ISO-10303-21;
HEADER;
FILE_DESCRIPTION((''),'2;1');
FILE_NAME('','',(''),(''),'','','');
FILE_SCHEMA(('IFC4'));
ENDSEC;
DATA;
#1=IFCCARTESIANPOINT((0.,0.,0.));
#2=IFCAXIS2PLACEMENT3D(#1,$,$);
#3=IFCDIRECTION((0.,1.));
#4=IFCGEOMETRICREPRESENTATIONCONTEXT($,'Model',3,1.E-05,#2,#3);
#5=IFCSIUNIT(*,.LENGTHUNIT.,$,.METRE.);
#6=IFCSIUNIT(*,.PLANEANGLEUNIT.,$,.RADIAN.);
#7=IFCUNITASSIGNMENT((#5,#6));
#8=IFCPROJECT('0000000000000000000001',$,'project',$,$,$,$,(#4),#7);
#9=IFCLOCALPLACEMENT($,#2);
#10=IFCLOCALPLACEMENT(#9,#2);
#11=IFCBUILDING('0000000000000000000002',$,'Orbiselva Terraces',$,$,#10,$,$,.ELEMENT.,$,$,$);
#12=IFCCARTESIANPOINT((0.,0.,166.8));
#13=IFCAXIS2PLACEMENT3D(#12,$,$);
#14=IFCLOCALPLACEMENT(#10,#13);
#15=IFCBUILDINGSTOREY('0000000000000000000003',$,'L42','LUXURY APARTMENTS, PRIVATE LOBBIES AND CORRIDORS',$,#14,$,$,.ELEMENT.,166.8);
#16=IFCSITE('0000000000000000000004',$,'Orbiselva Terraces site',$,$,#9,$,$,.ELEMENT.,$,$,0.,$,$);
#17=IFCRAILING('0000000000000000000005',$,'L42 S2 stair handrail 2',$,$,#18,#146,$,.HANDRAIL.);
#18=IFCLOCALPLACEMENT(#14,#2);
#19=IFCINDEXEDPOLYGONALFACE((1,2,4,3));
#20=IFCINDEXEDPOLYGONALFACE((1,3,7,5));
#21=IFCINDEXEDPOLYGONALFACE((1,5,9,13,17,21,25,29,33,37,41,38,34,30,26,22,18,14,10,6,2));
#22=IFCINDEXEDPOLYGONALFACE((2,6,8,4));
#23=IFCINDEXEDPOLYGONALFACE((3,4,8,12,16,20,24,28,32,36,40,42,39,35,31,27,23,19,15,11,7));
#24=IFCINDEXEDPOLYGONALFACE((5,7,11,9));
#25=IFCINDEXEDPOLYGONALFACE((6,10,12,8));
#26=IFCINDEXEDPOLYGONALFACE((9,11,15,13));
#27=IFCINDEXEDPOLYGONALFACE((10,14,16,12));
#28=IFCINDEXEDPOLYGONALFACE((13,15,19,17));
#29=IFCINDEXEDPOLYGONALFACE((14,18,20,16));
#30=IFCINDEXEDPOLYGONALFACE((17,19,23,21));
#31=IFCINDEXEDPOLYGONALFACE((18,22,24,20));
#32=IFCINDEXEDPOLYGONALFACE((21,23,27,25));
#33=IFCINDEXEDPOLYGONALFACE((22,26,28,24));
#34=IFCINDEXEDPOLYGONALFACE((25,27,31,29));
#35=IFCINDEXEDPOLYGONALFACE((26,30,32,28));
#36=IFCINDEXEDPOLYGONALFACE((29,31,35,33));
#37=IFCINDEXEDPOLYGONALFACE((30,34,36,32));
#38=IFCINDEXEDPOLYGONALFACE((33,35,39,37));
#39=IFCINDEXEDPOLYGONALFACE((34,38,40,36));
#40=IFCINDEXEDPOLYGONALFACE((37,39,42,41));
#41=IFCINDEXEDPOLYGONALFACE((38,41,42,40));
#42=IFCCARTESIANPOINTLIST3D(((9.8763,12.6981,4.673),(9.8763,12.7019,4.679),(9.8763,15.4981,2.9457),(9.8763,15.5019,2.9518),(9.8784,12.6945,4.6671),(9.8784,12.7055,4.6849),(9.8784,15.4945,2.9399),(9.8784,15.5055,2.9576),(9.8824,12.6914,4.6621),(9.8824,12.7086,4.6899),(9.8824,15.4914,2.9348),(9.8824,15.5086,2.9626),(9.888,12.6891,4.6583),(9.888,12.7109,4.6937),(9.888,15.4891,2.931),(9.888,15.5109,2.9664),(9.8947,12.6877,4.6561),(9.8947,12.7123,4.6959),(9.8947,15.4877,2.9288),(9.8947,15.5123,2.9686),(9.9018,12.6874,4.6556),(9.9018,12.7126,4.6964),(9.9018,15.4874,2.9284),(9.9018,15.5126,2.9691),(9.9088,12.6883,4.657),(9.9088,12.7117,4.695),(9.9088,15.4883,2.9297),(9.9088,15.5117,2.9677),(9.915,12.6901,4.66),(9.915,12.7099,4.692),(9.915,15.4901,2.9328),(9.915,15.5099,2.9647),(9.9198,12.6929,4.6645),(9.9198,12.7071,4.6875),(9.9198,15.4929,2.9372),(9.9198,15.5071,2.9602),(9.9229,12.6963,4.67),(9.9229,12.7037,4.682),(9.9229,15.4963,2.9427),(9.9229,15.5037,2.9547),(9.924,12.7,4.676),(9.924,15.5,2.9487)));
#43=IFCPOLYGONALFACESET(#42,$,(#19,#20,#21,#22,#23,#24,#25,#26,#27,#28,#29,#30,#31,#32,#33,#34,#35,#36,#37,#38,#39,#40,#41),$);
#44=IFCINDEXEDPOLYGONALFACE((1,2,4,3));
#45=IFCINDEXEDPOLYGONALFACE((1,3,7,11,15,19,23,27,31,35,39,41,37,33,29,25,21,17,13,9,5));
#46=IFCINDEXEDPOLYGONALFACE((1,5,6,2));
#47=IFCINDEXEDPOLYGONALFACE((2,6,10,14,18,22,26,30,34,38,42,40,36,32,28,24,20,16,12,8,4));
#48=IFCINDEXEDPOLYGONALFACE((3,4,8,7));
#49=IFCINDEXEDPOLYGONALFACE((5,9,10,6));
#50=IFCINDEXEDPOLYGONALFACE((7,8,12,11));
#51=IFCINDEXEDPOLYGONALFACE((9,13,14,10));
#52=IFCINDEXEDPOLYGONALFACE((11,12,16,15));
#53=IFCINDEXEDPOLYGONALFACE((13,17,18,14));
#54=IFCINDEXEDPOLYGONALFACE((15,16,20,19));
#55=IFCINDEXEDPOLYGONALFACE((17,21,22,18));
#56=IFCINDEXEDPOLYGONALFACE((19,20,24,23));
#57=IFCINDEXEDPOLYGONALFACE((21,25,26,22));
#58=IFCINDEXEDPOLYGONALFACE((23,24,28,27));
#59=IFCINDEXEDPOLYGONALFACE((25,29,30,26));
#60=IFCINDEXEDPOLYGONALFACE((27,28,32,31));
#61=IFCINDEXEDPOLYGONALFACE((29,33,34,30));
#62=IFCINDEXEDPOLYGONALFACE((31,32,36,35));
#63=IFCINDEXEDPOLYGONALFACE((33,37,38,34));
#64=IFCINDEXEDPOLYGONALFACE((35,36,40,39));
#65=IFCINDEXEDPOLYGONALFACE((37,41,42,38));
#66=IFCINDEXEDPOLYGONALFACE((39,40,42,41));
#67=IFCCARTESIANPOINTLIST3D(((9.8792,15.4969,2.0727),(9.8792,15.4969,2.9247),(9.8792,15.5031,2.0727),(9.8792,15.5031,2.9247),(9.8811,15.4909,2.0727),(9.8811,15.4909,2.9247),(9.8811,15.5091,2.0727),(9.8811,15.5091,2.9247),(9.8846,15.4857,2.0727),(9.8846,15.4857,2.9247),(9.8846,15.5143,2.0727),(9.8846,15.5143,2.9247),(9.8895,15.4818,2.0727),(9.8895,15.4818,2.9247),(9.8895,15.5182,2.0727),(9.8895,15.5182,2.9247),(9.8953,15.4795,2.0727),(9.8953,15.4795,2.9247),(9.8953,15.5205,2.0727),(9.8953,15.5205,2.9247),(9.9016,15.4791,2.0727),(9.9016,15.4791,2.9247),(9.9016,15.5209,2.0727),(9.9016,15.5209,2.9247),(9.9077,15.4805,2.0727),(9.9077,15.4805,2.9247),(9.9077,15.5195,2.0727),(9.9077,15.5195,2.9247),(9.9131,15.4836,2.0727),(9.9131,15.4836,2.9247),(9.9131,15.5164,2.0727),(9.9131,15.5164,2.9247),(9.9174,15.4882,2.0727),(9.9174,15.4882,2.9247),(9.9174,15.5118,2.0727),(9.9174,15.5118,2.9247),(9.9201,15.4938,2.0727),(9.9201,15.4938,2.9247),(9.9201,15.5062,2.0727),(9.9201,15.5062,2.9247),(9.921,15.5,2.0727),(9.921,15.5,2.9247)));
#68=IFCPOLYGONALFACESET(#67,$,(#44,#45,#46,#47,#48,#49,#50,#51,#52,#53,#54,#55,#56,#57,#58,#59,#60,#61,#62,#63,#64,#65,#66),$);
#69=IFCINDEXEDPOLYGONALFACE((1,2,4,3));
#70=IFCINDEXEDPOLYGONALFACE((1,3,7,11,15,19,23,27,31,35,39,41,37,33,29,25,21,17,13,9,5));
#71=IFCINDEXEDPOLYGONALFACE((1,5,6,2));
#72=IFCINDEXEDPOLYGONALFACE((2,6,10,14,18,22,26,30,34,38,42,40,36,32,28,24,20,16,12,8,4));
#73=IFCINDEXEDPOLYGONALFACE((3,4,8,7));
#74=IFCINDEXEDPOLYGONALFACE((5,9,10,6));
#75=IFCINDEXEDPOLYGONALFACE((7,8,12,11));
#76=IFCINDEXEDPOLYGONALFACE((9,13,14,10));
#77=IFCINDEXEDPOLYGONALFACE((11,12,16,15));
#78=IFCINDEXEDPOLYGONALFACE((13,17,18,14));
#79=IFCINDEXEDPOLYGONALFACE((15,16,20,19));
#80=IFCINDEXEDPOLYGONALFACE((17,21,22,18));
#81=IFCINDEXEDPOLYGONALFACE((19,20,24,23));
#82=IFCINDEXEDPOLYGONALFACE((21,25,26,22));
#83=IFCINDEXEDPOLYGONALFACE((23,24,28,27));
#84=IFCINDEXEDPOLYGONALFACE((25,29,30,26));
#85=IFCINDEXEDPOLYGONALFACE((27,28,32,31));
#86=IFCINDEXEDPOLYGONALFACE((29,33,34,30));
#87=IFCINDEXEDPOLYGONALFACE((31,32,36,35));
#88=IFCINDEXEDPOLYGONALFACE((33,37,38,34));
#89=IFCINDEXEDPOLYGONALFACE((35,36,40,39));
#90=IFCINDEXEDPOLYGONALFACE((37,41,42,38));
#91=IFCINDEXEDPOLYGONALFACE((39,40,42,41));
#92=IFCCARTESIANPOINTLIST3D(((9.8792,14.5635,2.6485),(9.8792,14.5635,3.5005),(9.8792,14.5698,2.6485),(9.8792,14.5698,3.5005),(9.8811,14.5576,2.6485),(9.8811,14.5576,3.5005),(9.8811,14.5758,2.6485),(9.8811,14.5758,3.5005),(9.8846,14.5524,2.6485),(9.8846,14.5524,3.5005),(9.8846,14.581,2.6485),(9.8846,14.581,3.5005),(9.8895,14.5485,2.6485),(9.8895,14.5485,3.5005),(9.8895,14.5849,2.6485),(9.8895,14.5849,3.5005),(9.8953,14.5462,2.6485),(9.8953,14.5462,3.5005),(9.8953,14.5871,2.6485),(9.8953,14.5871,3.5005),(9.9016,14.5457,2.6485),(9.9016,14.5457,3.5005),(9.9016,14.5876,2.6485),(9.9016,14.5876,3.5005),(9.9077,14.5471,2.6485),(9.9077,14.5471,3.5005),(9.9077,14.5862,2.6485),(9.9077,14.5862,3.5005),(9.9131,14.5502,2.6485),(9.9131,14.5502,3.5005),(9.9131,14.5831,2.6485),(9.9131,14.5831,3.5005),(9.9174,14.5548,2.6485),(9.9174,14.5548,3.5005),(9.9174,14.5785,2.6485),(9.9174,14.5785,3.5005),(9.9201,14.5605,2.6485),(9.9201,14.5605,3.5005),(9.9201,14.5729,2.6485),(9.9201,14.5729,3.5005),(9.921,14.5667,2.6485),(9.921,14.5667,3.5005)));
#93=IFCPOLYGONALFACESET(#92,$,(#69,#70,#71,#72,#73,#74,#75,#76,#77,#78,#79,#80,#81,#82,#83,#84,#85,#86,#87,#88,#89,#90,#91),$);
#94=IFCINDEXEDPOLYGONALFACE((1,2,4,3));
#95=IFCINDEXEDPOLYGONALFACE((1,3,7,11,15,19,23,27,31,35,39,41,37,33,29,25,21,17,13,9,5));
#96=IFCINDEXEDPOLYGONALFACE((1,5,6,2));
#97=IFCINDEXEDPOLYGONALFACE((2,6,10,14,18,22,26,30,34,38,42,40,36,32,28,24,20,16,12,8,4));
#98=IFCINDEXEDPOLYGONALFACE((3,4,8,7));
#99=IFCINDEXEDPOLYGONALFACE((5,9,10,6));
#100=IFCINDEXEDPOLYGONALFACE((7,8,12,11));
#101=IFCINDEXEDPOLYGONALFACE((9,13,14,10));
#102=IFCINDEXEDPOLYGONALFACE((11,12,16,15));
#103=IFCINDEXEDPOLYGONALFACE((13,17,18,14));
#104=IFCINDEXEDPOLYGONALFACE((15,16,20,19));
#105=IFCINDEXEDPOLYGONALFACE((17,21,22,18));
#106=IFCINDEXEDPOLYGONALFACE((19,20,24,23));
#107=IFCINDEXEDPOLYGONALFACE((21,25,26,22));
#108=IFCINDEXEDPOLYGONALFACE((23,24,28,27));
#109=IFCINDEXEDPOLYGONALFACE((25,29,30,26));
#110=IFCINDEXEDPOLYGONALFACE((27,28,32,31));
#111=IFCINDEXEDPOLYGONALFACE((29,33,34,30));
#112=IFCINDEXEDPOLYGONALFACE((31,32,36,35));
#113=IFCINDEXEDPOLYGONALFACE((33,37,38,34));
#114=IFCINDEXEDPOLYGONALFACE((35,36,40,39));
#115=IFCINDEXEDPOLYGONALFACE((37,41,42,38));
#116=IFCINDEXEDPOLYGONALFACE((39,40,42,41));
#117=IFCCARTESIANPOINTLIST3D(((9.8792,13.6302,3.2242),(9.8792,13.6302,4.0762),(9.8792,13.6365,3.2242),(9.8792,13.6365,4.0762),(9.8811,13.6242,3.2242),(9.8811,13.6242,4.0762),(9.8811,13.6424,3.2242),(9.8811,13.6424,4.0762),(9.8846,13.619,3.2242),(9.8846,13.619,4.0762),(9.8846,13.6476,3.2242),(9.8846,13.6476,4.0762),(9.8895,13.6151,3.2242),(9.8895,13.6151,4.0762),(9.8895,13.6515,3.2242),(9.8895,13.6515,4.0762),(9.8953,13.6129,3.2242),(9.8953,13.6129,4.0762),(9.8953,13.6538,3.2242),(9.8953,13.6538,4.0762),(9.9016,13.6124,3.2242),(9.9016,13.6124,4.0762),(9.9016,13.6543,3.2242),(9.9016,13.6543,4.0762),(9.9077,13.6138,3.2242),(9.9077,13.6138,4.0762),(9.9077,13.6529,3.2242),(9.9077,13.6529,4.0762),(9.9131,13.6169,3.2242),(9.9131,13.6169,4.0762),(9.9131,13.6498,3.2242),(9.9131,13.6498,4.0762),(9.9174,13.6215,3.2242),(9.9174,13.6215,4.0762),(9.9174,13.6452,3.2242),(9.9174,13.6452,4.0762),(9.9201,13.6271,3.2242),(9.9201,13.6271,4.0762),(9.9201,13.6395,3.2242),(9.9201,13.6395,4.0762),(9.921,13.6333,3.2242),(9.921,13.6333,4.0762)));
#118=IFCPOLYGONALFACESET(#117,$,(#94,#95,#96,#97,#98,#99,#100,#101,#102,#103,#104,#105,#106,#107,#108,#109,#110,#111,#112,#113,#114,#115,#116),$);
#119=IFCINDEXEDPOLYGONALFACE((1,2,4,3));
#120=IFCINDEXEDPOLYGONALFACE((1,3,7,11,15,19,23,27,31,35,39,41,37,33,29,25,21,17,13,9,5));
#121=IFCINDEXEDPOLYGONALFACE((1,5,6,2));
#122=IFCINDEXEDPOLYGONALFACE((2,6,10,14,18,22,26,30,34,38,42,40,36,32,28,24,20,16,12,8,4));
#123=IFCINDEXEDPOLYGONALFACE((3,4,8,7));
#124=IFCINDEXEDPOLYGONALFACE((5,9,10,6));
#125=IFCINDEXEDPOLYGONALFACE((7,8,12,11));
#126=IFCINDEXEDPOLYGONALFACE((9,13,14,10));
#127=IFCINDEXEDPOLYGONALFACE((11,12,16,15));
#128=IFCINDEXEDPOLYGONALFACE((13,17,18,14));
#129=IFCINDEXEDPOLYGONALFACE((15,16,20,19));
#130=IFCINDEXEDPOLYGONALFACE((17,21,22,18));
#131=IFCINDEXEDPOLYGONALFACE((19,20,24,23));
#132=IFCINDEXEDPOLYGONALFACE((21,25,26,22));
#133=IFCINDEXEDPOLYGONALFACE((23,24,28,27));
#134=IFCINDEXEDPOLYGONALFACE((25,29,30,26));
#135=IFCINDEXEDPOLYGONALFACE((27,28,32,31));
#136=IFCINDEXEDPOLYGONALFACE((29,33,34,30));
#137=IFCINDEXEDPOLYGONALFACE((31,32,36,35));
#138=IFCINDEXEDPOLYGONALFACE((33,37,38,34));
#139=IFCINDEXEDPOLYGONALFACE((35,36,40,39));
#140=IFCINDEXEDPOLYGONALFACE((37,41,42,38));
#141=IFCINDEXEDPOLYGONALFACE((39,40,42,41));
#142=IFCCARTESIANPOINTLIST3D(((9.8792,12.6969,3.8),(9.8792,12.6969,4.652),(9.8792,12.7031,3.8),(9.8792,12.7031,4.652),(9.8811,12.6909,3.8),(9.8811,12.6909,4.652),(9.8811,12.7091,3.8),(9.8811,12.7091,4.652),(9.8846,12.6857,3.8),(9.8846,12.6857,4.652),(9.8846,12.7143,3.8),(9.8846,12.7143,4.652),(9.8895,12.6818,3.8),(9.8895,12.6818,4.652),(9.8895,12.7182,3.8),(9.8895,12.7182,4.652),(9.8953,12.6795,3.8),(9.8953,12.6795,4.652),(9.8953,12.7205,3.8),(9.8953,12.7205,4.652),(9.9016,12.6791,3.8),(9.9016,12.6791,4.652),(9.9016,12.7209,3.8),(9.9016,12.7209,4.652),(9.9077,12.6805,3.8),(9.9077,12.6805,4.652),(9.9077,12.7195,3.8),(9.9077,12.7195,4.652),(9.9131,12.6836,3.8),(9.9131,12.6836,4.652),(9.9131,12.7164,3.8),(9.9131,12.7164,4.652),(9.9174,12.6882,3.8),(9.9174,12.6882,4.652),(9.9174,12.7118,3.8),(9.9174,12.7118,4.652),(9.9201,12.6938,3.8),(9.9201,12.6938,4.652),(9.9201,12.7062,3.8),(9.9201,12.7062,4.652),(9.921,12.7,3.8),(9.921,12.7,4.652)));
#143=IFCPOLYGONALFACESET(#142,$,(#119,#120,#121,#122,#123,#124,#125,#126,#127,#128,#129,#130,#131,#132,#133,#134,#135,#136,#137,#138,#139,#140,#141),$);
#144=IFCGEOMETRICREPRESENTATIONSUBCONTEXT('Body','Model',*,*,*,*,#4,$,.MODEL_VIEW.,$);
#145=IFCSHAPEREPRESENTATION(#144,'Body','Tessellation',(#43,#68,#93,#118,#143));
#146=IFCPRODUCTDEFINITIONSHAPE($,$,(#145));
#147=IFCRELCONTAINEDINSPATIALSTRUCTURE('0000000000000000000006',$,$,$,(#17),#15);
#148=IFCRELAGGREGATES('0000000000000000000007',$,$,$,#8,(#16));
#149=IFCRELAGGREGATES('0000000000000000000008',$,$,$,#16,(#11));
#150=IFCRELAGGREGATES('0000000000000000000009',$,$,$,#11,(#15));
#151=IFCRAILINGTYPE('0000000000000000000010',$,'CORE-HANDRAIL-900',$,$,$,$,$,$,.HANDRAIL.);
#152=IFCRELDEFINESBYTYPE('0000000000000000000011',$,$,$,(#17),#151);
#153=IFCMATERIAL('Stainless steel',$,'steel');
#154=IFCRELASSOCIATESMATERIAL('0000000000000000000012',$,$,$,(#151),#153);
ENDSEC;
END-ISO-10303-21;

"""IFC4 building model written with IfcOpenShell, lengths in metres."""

from ifc_helpers import new_model, si_unit, direction, frame, origin, origin_2d, place, context, subcontext, project, spatial, circle, extrude, material, type_object, element, save


model = new_model("IFC4")

# Units and contexts
model_context = context("Model", 3, precision=1e-05, world=origin(), true_north=direction((0.0, 1.0)))
body_context = subcontext(model_context, "Body", "Model", "MODEL_VIEW")
ifc_project = project(units=[si_unit("LENGTHUNIT", "METRE"), si_unit("PLANEANGLEUNIT", "RADIAN")], contexts=[model_context])

# Site, building, storey
site_placement = place(None, origin())
site = spatial("IfcSite", under=ifc_project, at=site_placement, Name="Orbiselva Terraces site", CompositionType="ELEMENT", RefElevation=0.0)
building_placement = place(site_placement, origin())
building = spatial("IfcBuilding", under=site, at=building_placement, Name="Orbiselva Terraces", CompositionType="ELEMENT")
storey_placement = place(building_placement, frame((0.0, 0.0, 166.8)))
storey = spatial("IfcBuildingStorey", under=building, at=storey_placement, Name="L42", Description="LUXURY APARTMENTS, PRIVATE LOBBIES AND CORRIDORS", CompositionType="ELEMENT", Elevation=166.8)

# Railing
ifc_material_1 = material(Name="Stainless steel", Category="steel")
railing_type = type_object("IfcRailingType", Name="CORE-HANDRAIL-900", PredefinedType="HANDRAIL", material=ifc_material_1)
railing_placement = place(storey_placement, frame((9.9, 15.5, 2.0727)))
element("IfcRailing", 1, at=railing_placement, inside=storey, type_object=railing_type, Name="L42 S2 stair handrail 2", PredefinedType="HANDRAIL", context=body_context, shape_type="SweptSolid", body=[
    extrude(circle(Radius=0.024, at=origin_2d()), frame((0.0, 0.0, 0.876), z_axis=(0.0, -0.851089, 0.525022), x_axis=(1.0, 0.0, 0.0)), (0.0, 0.0, 1.0), 3.2899),
    extrude(circle(Radius=0.021, at=origin_2d()), origin(), (0.0, 0.0, 1.0), 0.852),
    extrude(circle(Radius=0.021, at=origin_2d()), frame((0.0, -0.9333, 0.5758)), (0.0, 0.0, 1.0), 0.852),
    extrude(circle(Radius=0.021, at=origin_2d()), frame((0.0, -1.8667, 1.1515)), (0.0, 0.0, 1.0), 0.852),
    extrude(circle(Radius=0.021, at=origin_2d()), frame((0.0, -2.8, 1.7273)), (0.0, 0.0, 1.0), 0.852),
])

save(model, "model.ifc")
